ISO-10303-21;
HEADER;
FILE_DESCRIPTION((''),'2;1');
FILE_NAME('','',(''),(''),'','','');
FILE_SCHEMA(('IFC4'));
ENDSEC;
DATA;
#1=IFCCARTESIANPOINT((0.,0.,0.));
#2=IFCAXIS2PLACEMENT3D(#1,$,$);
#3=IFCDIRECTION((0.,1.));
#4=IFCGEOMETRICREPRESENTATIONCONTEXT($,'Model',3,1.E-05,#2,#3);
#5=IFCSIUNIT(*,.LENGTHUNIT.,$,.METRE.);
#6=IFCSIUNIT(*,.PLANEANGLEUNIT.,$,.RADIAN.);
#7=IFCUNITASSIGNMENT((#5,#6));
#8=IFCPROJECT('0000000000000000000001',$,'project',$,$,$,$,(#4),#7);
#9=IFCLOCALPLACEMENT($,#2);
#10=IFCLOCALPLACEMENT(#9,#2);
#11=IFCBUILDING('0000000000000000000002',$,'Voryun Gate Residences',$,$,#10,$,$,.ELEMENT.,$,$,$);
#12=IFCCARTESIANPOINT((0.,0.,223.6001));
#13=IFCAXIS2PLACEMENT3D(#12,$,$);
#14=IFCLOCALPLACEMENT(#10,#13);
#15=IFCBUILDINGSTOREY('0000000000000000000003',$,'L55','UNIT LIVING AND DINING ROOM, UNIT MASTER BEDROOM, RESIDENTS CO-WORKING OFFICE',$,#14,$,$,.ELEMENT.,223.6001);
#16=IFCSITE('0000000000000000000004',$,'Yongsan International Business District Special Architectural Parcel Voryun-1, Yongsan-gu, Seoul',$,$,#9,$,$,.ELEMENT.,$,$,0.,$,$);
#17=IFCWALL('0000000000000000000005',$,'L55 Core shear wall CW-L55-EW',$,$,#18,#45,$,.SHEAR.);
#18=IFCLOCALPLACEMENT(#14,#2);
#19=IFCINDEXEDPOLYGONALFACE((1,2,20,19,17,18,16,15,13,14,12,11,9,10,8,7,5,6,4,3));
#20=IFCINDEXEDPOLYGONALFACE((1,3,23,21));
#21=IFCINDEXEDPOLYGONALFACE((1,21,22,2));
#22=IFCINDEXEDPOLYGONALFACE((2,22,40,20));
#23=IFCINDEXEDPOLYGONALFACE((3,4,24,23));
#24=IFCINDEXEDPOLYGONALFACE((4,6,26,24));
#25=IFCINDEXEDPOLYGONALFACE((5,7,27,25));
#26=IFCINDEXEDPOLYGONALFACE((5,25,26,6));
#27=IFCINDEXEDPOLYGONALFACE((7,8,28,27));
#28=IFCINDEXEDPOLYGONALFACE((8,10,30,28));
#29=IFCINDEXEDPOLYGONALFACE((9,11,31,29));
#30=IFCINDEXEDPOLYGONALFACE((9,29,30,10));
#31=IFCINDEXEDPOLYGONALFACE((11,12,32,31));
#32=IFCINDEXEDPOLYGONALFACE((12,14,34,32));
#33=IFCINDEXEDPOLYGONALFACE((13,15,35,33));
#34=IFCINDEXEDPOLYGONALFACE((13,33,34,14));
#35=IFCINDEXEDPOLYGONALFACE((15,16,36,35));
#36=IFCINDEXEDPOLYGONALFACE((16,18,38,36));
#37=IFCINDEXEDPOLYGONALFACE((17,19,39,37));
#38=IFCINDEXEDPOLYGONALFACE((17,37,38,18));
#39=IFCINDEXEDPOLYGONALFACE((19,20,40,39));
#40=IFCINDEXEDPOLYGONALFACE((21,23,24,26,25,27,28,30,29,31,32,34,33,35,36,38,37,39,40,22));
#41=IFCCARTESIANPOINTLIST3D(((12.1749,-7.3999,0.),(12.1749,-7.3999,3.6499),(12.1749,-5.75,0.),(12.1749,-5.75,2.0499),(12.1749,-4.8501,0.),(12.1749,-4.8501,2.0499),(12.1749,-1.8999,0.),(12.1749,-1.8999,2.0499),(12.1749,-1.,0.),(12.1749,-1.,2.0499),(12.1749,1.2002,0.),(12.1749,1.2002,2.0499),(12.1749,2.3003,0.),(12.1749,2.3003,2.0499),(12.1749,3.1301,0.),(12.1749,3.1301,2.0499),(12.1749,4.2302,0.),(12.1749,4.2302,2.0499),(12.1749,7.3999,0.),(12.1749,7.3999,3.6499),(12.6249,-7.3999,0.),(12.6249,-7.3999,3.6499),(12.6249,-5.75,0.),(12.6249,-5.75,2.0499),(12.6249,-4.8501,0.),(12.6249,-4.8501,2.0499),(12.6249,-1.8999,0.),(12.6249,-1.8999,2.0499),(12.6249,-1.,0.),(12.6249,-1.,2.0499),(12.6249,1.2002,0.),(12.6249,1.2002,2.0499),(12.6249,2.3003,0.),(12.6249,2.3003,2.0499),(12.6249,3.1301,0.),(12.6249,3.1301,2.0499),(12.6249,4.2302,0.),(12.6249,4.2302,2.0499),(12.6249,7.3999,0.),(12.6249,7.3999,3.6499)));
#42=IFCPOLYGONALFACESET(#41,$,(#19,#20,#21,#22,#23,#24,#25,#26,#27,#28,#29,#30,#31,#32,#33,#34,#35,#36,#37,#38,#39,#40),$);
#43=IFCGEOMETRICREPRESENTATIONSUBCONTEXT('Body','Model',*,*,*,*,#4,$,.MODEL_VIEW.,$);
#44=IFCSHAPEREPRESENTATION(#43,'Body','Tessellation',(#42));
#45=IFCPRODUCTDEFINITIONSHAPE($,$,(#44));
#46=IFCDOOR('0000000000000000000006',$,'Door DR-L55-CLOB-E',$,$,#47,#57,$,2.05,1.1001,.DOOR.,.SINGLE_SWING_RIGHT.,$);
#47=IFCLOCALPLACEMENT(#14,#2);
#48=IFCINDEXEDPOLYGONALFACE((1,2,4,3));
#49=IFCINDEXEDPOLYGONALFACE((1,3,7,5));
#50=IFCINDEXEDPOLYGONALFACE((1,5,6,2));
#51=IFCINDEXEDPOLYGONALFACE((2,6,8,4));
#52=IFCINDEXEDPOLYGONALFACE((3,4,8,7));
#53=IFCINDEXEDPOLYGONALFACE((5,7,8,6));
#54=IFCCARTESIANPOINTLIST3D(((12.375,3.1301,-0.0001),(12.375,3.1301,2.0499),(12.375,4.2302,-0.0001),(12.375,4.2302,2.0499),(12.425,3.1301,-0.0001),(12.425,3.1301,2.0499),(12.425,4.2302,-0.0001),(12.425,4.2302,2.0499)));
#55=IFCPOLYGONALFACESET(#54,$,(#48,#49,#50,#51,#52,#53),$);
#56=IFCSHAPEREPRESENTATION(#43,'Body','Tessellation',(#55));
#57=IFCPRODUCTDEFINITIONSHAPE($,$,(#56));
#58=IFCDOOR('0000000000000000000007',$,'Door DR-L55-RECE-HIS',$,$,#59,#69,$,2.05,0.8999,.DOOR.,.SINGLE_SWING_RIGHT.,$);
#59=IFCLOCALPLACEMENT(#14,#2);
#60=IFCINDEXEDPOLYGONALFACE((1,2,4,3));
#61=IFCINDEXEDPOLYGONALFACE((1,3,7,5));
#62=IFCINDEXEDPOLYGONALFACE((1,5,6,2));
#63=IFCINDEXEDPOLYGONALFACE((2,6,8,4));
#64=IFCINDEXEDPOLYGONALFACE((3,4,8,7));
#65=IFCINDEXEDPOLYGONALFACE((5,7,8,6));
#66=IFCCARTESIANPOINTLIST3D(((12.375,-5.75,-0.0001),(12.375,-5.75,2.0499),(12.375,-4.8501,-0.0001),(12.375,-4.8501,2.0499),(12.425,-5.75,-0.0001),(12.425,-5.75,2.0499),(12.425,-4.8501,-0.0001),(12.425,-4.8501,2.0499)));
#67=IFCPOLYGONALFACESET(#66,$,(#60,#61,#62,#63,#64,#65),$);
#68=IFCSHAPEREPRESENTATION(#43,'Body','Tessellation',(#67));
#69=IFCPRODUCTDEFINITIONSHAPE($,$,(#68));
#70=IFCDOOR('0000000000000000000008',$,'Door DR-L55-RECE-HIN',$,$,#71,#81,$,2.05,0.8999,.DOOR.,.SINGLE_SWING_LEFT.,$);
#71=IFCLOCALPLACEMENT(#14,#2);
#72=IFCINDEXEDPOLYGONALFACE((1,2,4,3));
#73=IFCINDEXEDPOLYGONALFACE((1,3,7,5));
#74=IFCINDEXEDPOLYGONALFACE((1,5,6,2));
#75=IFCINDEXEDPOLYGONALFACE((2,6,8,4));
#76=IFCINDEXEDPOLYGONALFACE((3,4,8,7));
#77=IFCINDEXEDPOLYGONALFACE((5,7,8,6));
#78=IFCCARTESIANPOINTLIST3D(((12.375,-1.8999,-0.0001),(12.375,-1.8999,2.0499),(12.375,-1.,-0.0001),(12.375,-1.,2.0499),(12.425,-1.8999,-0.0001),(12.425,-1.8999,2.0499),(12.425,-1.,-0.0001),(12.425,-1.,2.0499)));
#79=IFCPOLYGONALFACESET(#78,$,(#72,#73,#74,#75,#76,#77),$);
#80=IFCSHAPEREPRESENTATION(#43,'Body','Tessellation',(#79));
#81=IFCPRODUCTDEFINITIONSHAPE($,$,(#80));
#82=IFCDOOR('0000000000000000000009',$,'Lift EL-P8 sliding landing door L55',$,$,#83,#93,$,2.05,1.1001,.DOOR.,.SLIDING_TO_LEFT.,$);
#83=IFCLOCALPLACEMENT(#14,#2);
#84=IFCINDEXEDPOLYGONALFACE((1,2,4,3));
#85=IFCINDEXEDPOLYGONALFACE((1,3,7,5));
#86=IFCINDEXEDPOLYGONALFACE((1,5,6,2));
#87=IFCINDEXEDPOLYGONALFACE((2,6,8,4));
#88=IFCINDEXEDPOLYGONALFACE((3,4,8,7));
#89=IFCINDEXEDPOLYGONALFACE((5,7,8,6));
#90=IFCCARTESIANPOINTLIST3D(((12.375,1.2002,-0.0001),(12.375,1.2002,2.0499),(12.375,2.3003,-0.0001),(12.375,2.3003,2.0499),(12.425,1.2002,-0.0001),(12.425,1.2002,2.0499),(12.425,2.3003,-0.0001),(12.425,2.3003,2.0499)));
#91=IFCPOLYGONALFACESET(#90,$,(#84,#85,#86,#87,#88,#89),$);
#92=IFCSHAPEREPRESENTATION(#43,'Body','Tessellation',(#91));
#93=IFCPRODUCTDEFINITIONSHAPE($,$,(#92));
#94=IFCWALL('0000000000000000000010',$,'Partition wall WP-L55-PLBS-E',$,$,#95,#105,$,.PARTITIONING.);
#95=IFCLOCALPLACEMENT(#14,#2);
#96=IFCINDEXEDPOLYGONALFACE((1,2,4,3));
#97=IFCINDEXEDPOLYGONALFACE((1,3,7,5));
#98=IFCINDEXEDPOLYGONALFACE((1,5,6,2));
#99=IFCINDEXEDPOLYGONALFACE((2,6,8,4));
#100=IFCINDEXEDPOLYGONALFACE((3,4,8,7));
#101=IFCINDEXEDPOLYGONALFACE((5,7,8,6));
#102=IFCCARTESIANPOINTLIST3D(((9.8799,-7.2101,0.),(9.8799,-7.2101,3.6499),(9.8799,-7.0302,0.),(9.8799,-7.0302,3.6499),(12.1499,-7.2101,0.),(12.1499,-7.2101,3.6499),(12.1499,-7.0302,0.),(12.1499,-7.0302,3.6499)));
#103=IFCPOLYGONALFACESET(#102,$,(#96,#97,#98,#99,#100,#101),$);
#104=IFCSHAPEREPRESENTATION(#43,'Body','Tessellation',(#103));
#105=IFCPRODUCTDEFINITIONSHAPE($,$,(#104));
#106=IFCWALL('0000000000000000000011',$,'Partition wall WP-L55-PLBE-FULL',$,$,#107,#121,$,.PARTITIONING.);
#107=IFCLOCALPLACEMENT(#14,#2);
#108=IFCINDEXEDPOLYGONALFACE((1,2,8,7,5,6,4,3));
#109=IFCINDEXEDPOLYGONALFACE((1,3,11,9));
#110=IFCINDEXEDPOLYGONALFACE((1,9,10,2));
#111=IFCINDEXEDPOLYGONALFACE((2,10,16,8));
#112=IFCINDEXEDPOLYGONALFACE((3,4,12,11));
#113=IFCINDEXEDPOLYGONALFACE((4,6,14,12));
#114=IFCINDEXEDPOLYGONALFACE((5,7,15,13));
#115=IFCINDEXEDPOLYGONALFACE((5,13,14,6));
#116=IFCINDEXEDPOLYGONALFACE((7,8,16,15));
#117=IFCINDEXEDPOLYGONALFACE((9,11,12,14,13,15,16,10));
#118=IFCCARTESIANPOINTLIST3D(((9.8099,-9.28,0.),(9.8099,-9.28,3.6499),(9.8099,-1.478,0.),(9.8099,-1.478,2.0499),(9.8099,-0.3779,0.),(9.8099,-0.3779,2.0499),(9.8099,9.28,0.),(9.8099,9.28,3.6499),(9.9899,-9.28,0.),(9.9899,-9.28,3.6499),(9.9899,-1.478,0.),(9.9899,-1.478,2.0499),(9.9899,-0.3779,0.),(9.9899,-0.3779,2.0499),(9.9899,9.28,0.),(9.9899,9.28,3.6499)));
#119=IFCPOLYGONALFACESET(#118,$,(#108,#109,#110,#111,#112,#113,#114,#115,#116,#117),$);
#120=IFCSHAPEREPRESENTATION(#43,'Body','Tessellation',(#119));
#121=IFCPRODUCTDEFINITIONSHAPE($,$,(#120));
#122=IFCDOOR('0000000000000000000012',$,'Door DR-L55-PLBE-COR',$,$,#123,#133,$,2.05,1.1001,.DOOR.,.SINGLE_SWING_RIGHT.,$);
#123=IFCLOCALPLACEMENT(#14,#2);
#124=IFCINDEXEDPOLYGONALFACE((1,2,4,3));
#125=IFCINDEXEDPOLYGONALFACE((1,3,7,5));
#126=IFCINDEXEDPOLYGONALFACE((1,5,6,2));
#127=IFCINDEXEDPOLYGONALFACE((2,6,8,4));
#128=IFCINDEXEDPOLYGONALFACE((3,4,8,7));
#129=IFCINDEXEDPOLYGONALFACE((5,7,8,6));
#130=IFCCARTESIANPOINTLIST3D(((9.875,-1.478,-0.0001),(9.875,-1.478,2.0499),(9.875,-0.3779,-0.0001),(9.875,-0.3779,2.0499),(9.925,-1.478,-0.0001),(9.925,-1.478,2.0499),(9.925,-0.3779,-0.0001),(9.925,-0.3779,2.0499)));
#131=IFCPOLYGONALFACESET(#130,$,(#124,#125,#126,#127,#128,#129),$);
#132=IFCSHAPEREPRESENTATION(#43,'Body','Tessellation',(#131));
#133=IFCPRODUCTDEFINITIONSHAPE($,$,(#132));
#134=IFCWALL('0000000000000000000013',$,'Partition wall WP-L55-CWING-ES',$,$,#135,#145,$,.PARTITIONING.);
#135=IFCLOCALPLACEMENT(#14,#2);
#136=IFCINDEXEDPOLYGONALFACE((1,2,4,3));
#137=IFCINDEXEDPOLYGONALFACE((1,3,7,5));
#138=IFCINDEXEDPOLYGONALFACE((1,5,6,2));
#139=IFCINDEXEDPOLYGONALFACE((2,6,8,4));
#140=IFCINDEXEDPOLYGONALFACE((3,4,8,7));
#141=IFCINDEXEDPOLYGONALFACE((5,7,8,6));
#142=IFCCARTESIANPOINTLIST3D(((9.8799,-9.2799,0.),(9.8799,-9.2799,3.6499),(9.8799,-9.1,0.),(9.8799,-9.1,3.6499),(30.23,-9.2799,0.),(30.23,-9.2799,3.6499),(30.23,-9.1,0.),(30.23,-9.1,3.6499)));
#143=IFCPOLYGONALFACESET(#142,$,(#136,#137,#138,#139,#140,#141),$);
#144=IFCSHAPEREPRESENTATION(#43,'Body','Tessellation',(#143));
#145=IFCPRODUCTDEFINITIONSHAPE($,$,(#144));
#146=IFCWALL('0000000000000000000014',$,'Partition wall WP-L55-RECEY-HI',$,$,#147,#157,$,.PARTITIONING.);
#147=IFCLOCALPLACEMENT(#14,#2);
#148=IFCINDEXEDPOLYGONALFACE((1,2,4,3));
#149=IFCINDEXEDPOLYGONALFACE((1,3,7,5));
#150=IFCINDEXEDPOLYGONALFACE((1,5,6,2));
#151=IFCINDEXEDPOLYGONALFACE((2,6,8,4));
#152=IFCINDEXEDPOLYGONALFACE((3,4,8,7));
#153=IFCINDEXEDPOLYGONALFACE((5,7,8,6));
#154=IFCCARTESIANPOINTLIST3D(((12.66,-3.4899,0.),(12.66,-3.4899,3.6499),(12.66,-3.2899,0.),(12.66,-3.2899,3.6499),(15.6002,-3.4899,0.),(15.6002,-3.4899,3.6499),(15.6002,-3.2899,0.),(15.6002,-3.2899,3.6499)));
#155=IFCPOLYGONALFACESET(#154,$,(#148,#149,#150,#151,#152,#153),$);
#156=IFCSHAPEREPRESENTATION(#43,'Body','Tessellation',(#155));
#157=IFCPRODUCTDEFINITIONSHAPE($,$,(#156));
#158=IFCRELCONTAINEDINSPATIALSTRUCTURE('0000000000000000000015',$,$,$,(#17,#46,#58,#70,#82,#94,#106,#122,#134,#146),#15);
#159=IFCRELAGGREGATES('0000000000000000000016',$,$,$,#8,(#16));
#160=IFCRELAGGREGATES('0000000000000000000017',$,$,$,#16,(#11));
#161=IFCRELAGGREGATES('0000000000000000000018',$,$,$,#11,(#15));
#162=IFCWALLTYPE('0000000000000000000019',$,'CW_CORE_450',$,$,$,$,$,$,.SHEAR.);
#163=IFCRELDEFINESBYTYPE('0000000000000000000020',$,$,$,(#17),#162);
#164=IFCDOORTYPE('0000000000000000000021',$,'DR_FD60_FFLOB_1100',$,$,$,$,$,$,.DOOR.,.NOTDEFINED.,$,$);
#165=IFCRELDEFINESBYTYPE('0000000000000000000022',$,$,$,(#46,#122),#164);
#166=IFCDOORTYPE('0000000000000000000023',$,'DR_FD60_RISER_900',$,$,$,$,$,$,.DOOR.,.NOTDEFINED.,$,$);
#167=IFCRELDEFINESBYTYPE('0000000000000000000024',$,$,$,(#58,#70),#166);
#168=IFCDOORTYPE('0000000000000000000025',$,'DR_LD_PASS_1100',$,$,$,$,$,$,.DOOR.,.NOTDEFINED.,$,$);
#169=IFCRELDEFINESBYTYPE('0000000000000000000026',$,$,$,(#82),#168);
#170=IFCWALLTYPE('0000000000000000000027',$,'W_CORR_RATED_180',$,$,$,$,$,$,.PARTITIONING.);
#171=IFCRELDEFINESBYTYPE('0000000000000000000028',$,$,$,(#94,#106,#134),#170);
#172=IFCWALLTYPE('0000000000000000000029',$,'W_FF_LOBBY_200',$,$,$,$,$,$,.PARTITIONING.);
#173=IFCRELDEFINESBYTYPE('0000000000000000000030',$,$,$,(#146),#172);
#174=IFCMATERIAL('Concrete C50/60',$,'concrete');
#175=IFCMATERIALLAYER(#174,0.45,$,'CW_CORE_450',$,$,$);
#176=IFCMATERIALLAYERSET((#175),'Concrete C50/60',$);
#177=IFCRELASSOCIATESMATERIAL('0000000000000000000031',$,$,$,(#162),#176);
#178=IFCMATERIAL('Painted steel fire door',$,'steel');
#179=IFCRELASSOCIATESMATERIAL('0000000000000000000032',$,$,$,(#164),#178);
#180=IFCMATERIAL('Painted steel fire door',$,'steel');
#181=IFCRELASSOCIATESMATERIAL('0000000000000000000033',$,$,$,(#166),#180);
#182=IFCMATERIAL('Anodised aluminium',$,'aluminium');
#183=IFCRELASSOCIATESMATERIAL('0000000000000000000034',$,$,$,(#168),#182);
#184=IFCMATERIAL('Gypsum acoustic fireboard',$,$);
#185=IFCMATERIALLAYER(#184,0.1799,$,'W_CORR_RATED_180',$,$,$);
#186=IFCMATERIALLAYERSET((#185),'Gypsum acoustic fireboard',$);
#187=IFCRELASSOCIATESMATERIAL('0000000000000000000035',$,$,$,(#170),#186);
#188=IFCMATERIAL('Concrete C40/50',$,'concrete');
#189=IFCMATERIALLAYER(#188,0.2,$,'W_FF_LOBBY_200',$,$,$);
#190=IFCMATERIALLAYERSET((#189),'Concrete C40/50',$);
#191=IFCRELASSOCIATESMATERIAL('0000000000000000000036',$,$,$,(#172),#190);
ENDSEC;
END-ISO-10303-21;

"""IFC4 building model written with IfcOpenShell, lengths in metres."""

from ifc_helpers import new_model, si_unit, direction, frame, frame_2d, origin, place, context, subcontext, project, spatial, rectangle, extrude, material, layer, layer_set, type_object, element, fill, save


model = new_model("IFC4")

# Units and contexts
model_context = context("Model", 3, precision=1e-05, world=origin(), true_north=direction((0.0, 1.0)))
body_context = subcontext(model_context, "Body", "Model", "MODEL_VIEW")
ifc_project = project(units=[si_unit("LENGTHUNIT", "METRE"), si_unit("PLANEANGLEUNIT", "RADIAN")], contexts=[model_context])

# Site, building, storey
site_placement = place(None, origin())
site = spatial("IfcSite", under=ifc_project, at=site_placement, Name="Yongsan International Business District Special Architectural Parcel Voryun-1, Yongsan-gu, Seoul", CompositionType="ELEMENT", RefElevation=0.0)
building_placement = place(site_placement, origin())
building = spatial("IfcBuilding", under=site, at=building_placement, Name="Voryun Gate Residences", CompositionType="ELEMENT")
storey_placement = place(building_placement, frame((0.0, 0.0, 223.6001)))
storey = spatial("IfcBuildingStorey", under=building, at=storey_placement, Name="L55", Description="UNIT LIVING AND DINING ROOM, UNIT MASTER BEDROOM, RESIDENTS CO-WORKING OFFICE", CompositionType="ELEMENT", Elevation=223.6001)

# Shared definitions
ifc_material_1 = material(Name="Concrete C50/60", Category="concrete")
ifc_layer_1 = layer(ifc_material_1, 0.45, Name="CW_CORE_450")
ifc_layer_set_1 = layer_set([ifc_layer_1], Name="Concrete C50/60")
wall_type_1 = type_object("IfcWallType", Name="CW_CORE_450", PredefinedType="SHEAR", material=ifc_layer_set_1)

# Wall, openings, doors
wall_1_placement = place(storey_placement, frame((12.3999, -7.3999, 0.0), z_axis=(0.0, 0.0, 1.0), x_axis=(0.0, 1.0, 0.0)))
wall_1 = element("IfcWall", 1, at=wall_1_placement, inside=storey, type_object=wall_type_1, Name="L55 Core shear wall CW-L55-EW", PredefinedType="SHEAR", context=body_context, shape_type="SweptSolid", body=[
    extrude(rectangle(XDim=14.7998, YDim=0.45, at=frame_2d((7.3999, 0.0))), origin(), (0.0, 0.0, 1.0), 3.6499),
])
opening_1_placement = place(wall_1_placement, frame((8.6001, 0.0, 0.0)))
opening_1 = element("IfcOpeningElement", 2, at=opening_1_placement, cuts=wall_1, PredefinedType="OPENING", context=body_context, shape_type="SweptSolid", body=[
    extrude(rectangle(XDim=1.1001, YDim=2.05, at=frame_2d((0.55, 1.0249))), frame((0.0, 0.2351, 0.0), z_axis=(0.0, -1.0, 0.0), x_axis=(1.0, 0.0, 0.0)), (0.0, 0.0, 1.0), 0.47),
])
opening_2_placement = place(wall_1_placement, frame((10.53, 0.0, 0.0)))
opening_2 = element("IfcOpeningElement", 3, at=opening_2_placement, cuts=wall_1, PredefinedType="OPENING", context=body_context, shape_type="SweptSolid", body=[
    extrude(rectangle(XDim=1.1001, YDim=2.05, at=frame_2d((0.55, 1.0249))), frame((0.0, 0.2351, 0.0), z_axis=(0.0, -1.0, 0.0), x_axis=(1.0, 0.0, 0.0)), (0.0, 0.0, 1.0), 0.47),
])
opening_3_placement = place(wall_1_placement, frame((1.6499, 0.0, 0.0)))
opening_3 = element("IfcOpeningElement", 4, at=opening_3_placement, cuts=wall_1, PredefinedType="OPENING", context=body_context, shape_type="SweptSolid", body=[
    extrude(rectangle(XDim=0.8999, YDim=2.05, at=frame_2d((0.45, 1.0249))), frame((0.0, 0.2351, 0.0), z_axis=(0.0, -1.0, 0.0), x_axis=(1.0, 0.0, 0.0)), (0.0, 0.0, 1.0), 0.47),
])
opening_4_placement = place(wall_1_placement, frame((5.5, 0.0, 0.0)))
opening_4 = element("IfcOpeningElement", 5, at=opening_4_placement, cuts=wall_1, PredefinedType="OPENING", context=body_context, shape_type="SweptSolid", body=[
    extrude(rectangle(XDim=0.8999, YDim=2.05, at=frame_2d((0.45, 1.0249))), frame((0.0, 0.2351, 0.0), z_axis=(0.0, -1.0, 0.0), x_axis=(1.0, 0.0, 0.0)), (0.0, 0.0, 1.0), 0.47),
])
ifc_material_2 = material(Name="Painted steel fire door", Category="steel")
door_type_1 = type_object("IfcDoorType", Name="DR_FD60_FFLOB_1100", OperationType="NOTDEFINED", PredefinedType="DOOR", material=ifc_material_2)
door_1_placement = place(opening_2_placement, origin())
door_1 = element("IfcDoor", 6, at=door_1_placement, inside=storey, type_object=door_type_1, Name="Door DR-L55-CLOB-E", OperationType="SINGLE_SWING_RIGHT", OverallHeight=2.05, OverallWidth=1.1001, PredefinedType="DOOR", context=body_context, shape_type="SweptSolid", body=[
    extrude(rectangle(XDim=1.1001, YDim=2.05, at=frame_2d((0.55, 1.0249))), frame((0.0, 0.0249, 0.0), z_axis=(0.0, -1.0, 0.0), x_axis=(1.0, 0.0, 0.0)), (0.0, 0.0, 1.0), 0.05),
])
fill(opening_2, door_1)
ifc_material_3 = material(Name="Painted steel fire door", Category="steel")
door_type_2 = type_object("IfcDoorType", Name="DR_FD60_RISER_900", OperationType="NOTDEFINED", PredefinedType="DOOR", material=ifc_material_3)
door_2_placement = place(opening_3_placement, origin())
door_2 = element("IfcDoor", 7, at=door_2_placement, inside=storey, type_object=door_type_2, Name="Door DR-L55-RECE-HIS", OperationType="SINGLE_SWING_RIGHT", OverallHeight=2.05, OverallWidth=0.8999, PredefinedType="DOOR", context=body_context, shape_type="SweptSolid", body=[
    extrude(rectangle(XDim=0.8999, YDim=2.05, at=frame_2d((0.45, 1.0249))), frame((0.0, 0.0249, 0.0), z_axis=(0.0, -1.0, 0.0), x_axis=(1.0, 0.0, 0.0)), (0.0, 0.0, 1.0), 0.05),
])
fill(opening_3, door_2)
door_3_placement = place(opening_4_placement, origin())
door_3 = element("IfcDoor", 8, at=door_3_placement, inside=storey, type_object=door_type_2, Name="Door DR-L55-RECE-HIN", OperationType="SINGLE_SWING_LEFT", OverallHeight=2.05, OverallWidth=0.8999, PredefinedType="DOOR", context=body_context, shape_type="SweptSolid", body=[
    extrude(rectangle(XDim=0.8999, YDim=2.05, at=frame_2d((0.45, 1.0249))), frame((0.0, 0.0249, 0.0), z_axis=(0.0, -1.0, 0.0), x_axis=(1.0, 0.0, 0.0)), (0.0, 0.0, 1.0), 0.05),
])
fill(opening_4, door_3)
ifc_material_4 = material(Name="Anodised aluminium", Category="aluminium")
door_type_3 = type_object("IfcDoorType", Name="DR_LD_PASS_1100", OperationType="NOTDEFINED", PredefinedType="DOOR", material=ifc_material_4)
door_4_placement = place(opening_1_placement, origin())
door_4 = element("IfcDoor", 9, at=door_4_placement, inside=storey, type_object=door_type_3, Name="Lift EL-P8 sliding landing door L55", OperationType="SLIDING_TO_LEFT", OverallHeight=2.05, OverallWidth=1.1001, PredefinedType="DOOR", context=body_context, shape_type="SweptSolid", body=[
    extrude(rectangle(XDim=1.1001, YDim=2.05, at=frame_2d((0.55, 1.0249))), frame((0.0, 0.0249, 0.0), z_axis=(0.0, -1.0, 0.0), x_axis=(1.0, 0.0, 0.0)), (0.0, 0.0, 1.0), 0.05),
])
fill(opening_1, door_4)

# Wall
ifc_material_5 = material(Name="Gypsum acoustic fireboard")
ifc_layer_2 = layer(ifc_material_5, 0.1799, Name="W_CORR_RATED_180")
ifc_layer_set_2 = layer_set([ifc_layer_2], Name="Gypsum acoustic fireboard")
wall_type_2 = type_object("IfcWallType", Name="W_CORR_RATED_180", PredefinedType="PARTITIONING", material=ifc_layer_set_2)
wall_2_placement = place(storey_placement, frame((9.8799, -7.1201, 0.0), z_axis=(0.0, 0.0, 1.0), x_axis=(1.0, 0.0, 0.0)))
element("IfcWall", 10, at=wall_2_placement, inside=storey, type_object=wall_type_2, Name="Partition wall WP-L55-PLBS-E", PredefinedType="PARTITIONING", context=body_context, shape_type="SweptSolid", body=[
    extrude(rectangle(XDim=2.27, YDim=0.1799, at=frame_2d((1.135, 0.0))), origin(), (0.0, 0.0, 1.0), 3.6499),
])

# Wall, opening, door
wall_3_placement = place(storey_placement, frame((9.8999, -9.28, 0.0), z_axis=(0.0, 0.0, 1.0), x_axis=(0.0, 1.0, 0.0)))
wall_3 = element("IfcWall", 11, at=wall_3_placement, inside=storey, type_object=wall_type_2, Name="Partition wall WP-L55-PLBE-FULL", PredefinedType="PARTITIONING", context=body_context, shape_type="SweptSolid", body=[
    extrude(rectangle(XDim=18.5601, YDim=0.1799, at=frame_2d((9.28, 0.0))), origin(), (0.0, 0.0, 1.0), 3.6499),
])
opening_5_placement = place(wall_3_placement, frame((7.802, 0.0, 0.0)))
opening_5 = element("IfcOpeningElement", 12, at=opening_5_placement, cuts=wall_3, PredefinedType="OPENING", context=body_context, shape_type="SweptSolid", body=[
    extrude(rectangle(XDim=1.1001, YDim=2.05, at=frame_2d((0.55, 1.0249))), frame((0.0, 0.0999, 0.0), z_axis=(0.0, -1.0, 0.0), x_axis=(1.0, 0.0, 0.0)), (0.0, 0.0, 1.0), 0.2),
])
door_5_placement = place(opening_5_placement, origin())
door_5 = element("IfcDoor", 13, at=door_5_placement, inside=storey, type_object=door_type_1, Name="Door DR-L55-PLBE-COR", OperationType="SINGLE_SWING_RIGHT", OverallHeight=2.05, OverallWidth=1.1001, PredefinedType="DOOR", context=body_context, shape_type="SweptSolid", body=[
    extrude(rectangle(XDim=1.1001, YDim=2.05, at=frame_2d((0.55, 1.0249))), frame((0.0, 0.0249, 0.0), z_axis=(0.0, -1.0, 0.0), x_axis=(1.0, 0.0, 0.0)), (0.0, 0.0, 1.0), 0.05),
])
fill(opening_5, door_5)

# Walls
wall_4_placement = place(storey_placement, frame((9.8799, -9.1899, 0.0), z_axis=(0.0, 0.0, 1.0), x_axis=(1.0, 0.0, 0.0)))
element("IfcWall", 14, at=wall_4_placement, inside=storey, type_object=wall_type_2, Name="Partition wall WP-L55-CWING-ES", PredefinedType="PARTITIONING", context=body_context, shape_type="SweptSolid", body=[
    extrude(rectangle(XDim=20.3501, YDim=0.1799, at=frame_2d((10.175, 0.0))), origin(), (0.0, 0.0, 1.0), 3.6499),
])
ifc_material_6 = material(Name="Concrete C40/50", Category="concrete")
ifc_layer_3 = layer(ifc_material_6, 0.2, Name="W_FF_LOBBY_200")
ifc_layer_set_3 = layer_set([ifc_layer_3], Name="Concrete C40/50")
wall_type_3 = type_object("IfcWallType", Name="W_FF_LOBBY_200", PredefinedType="PARTITIONING", material=ifc_layer_set_3)
wall_5_placement = place(storey_placement, frame((12.6599, -3.3899, 0.0), z_axis=(0.0, 0.0, 1.0), x_axis=(1.0, 0.0, 0.0)))
element("IfcWall", 15, at=wall_5_placement, inside=storey, type_object=wall_type_3, Name="Partition wall WP-L55-RECEY-HI", PredefinedType="PARTITIONING", context=body_context, shape_type="SweptSolid", body=[
    extrude(rectangle(XDim=2.9402, YDim=0.2, at=frame_2d((1.4702, 0.0))), origin(), (0.0, 0.0, 1.0), 3.6499),
])

save(model, "model.ifc")
